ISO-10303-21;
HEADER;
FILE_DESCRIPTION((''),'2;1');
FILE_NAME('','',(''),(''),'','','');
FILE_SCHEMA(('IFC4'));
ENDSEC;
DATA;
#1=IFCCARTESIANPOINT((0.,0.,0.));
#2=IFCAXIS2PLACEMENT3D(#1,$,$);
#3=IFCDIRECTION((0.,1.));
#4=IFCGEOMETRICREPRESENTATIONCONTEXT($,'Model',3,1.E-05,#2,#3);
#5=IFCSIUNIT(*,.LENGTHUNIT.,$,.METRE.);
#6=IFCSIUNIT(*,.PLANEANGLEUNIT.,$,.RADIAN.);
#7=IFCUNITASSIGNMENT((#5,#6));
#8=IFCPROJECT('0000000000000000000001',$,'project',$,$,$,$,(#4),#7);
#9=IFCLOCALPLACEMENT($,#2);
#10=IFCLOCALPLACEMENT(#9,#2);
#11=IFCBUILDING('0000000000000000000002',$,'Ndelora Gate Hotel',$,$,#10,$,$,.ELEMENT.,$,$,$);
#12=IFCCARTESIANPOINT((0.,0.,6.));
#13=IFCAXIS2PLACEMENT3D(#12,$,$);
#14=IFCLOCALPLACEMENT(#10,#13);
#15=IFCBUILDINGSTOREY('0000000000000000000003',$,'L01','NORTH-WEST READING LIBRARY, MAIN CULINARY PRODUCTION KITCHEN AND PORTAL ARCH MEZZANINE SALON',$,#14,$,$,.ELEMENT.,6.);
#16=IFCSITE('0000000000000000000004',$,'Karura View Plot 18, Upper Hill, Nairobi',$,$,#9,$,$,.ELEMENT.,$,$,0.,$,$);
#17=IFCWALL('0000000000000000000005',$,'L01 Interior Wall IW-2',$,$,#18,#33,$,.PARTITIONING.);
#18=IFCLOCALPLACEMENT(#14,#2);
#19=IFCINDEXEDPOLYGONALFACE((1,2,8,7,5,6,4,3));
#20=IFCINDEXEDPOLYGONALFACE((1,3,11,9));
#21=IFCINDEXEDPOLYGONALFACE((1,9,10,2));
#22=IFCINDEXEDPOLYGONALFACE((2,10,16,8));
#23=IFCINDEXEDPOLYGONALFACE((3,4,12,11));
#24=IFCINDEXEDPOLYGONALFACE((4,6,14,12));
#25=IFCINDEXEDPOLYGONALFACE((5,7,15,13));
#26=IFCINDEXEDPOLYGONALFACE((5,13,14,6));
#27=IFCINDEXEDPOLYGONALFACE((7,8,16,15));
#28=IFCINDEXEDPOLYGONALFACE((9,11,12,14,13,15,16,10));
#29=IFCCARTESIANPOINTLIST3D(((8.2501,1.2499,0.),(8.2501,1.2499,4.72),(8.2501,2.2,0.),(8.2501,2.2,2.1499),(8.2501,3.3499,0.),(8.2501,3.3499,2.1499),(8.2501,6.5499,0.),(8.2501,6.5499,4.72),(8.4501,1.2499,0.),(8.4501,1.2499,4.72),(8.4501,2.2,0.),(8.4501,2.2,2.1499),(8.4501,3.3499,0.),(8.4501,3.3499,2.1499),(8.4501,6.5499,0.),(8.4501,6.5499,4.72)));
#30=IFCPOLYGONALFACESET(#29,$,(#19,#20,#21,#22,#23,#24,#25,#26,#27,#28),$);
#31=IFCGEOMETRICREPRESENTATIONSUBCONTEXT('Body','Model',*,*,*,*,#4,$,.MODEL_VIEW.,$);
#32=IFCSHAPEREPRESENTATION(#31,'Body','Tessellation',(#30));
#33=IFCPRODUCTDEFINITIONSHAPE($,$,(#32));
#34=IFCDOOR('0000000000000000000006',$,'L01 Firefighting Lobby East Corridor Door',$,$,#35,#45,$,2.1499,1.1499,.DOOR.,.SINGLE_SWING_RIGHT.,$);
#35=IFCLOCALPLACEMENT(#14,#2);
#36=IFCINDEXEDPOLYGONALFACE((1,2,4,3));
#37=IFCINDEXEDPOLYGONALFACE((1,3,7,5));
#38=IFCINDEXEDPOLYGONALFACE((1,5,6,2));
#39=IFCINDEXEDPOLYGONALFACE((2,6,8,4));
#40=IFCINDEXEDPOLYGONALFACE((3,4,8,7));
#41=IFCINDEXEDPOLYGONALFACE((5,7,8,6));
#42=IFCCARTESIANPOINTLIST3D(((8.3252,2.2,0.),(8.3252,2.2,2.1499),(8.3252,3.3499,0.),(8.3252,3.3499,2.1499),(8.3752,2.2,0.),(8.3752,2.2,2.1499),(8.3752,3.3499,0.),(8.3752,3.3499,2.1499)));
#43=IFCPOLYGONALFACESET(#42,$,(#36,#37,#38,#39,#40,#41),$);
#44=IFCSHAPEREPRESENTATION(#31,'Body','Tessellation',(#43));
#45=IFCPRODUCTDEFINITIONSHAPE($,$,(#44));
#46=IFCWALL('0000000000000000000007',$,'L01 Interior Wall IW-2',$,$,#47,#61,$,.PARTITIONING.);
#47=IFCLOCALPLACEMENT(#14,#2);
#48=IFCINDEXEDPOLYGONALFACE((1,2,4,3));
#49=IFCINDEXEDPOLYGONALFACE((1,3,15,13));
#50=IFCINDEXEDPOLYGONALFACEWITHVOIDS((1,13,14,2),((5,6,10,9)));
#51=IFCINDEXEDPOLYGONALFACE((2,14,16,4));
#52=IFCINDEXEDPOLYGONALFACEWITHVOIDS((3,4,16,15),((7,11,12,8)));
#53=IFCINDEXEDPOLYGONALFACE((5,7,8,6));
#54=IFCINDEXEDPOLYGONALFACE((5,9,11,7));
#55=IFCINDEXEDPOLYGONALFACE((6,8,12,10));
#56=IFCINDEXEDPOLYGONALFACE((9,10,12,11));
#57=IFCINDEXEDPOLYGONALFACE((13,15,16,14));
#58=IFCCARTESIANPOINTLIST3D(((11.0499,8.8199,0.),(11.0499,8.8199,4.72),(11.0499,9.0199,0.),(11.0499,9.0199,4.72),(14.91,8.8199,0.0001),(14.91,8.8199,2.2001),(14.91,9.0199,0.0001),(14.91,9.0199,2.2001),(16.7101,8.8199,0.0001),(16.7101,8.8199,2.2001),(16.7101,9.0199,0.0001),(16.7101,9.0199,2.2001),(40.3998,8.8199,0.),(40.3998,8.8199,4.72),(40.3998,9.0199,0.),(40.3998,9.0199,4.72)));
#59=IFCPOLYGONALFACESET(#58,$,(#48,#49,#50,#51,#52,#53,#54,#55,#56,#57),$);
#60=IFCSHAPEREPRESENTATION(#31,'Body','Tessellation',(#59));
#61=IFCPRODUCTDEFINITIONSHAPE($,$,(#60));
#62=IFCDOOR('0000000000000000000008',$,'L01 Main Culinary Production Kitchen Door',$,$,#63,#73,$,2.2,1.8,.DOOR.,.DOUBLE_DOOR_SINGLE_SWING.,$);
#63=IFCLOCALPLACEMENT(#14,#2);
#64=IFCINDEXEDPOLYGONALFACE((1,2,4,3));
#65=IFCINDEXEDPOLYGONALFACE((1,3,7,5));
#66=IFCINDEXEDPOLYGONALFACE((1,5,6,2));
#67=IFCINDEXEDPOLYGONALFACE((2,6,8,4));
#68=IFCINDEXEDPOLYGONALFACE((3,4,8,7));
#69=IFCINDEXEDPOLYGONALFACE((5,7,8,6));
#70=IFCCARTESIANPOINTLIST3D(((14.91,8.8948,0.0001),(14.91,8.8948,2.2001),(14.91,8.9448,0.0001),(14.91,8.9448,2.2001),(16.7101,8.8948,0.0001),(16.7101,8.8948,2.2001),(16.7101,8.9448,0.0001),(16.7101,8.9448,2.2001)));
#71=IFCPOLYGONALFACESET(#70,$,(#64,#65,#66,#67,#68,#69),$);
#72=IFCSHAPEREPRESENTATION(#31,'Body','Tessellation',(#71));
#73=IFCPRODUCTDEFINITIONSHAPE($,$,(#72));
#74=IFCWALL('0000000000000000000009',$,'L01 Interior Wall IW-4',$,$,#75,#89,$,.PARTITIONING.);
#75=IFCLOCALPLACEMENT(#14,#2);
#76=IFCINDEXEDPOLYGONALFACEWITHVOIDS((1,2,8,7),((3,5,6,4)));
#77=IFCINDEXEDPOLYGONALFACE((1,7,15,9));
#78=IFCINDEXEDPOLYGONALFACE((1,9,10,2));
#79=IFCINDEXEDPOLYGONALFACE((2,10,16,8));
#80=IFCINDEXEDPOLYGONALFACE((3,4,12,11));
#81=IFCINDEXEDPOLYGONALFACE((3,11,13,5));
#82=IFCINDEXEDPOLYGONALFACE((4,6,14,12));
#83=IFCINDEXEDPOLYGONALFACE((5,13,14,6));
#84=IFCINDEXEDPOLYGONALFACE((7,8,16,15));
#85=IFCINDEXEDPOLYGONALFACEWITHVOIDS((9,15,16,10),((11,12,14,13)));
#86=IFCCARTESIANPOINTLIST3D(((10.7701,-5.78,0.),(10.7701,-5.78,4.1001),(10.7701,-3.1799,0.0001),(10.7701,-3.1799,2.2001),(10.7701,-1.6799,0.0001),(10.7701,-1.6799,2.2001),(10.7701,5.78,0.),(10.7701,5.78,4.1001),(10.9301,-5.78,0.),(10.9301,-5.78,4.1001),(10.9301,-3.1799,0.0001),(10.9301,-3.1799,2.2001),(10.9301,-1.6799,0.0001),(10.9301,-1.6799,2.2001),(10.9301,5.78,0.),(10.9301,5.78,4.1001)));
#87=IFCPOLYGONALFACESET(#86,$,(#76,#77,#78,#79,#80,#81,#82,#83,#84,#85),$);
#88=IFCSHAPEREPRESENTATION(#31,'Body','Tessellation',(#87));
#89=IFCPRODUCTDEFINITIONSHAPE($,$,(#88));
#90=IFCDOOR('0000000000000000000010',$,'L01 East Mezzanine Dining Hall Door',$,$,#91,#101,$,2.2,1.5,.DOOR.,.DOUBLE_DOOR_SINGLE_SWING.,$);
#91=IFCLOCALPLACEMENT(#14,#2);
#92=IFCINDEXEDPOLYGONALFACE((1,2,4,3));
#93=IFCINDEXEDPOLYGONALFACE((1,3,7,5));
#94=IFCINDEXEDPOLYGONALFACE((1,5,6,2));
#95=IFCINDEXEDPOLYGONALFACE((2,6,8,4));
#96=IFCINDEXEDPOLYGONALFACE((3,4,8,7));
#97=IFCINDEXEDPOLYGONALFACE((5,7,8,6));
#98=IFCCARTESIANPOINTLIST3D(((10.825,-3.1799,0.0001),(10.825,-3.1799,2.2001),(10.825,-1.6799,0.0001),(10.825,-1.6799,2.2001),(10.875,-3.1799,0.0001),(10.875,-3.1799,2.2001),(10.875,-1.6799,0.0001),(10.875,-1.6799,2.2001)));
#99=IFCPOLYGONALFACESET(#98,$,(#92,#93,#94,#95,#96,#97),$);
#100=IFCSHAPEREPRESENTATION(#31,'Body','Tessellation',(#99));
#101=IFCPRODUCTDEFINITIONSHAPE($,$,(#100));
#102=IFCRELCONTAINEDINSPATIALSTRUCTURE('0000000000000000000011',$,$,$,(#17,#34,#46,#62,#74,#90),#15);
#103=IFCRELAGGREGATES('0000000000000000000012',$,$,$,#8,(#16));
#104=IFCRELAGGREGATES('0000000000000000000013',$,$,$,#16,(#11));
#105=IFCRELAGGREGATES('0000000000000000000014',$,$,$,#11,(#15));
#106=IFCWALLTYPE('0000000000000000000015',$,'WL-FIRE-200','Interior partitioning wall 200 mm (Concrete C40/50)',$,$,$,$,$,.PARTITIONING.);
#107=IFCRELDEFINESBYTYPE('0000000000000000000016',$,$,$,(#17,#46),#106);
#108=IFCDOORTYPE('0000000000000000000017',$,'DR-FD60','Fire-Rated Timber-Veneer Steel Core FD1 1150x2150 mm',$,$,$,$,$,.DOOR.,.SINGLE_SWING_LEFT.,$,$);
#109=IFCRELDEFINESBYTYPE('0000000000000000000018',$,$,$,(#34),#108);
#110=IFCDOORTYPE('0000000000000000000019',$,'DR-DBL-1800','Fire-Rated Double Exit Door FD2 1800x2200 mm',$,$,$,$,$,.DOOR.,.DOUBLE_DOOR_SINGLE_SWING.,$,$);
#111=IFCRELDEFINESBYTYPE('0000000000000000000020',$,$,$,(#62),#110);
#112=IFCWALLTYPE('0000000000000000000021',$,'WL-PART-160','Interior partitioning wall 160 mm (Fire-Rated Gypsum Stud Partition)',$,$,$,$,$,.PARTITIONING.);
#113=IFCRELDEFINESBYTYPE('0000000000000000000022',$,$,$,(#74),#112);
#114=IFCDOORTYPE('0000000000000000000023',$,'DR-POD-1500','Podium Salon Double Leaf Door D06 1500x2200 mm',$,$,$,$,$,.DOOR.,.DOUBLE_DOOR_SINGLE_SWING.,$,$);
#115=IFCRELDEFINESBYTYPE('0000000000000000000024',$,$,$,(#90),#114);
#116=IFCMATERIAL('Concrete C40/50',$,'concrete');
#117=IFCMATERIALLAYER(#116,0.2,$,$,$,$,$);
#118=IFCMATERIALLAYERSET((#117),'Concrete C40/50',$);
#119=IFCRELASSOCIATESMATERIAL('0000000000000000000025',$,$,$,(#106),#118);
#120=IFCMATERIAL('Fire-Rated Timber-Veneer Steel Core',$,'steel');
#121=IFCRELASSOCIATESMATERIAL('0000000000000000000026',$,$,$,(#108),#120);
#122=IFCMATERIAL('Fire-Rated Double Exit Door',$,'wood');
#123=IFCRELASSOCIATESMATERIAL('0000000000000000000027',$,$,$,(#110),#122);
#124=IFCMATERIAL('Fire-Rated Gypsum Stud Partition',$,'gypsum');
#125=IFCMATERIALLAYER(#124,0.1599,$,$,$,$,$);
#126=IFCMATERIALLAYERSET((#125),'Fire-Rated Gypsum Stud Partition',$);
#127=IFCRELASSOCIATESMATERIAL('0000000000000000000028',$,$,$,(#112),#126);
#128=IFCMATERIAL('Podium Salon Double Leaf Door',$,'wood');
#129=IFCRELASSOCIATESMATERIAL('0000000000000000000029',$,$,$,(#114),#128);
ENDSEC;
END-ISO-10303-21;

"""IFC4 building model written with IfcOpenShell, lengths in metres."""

from ifc_helpers import new_model, si_unit, direction, frame, frame_2d, origin, place, context, subcontext, project, spatial, rectangle, extrude, material, layer, layer_set, type_object, element, fill, save


model = new_model("IFC4")

# Units and contexts
model_context = context("Model", 3, precision=1e-05, world=origin(), true_north=direction((0.0, 1.0)))
body_context = subcontext(model_context, "Body", "Model", "MODEL_VIEW")
ifc_project = project(units=[si_unit("LENGTHUNIT", "METRE"), si_unit("PLANEANGLEUNIT", "RADIAN")], contexts=[model_context])

# Site, building, storey
site_placement = place(None, origin())
site = spatial("IfcSite", under=ifc_project, at=site_placement, Name="Karura View Plot 18, Upper Hill, Nairobi", CompositionType="ELEMENT", RefElevation=0.0)
building_placement = place(site_placement, origin())
building = spatial("IfcBuilding", under=site, at=building_placement, Name="Ndelora Gate Hotel", CompositionType="ELEMENT")
storey_placement = place(building_placement, frame((0.0, 0.0, 6.0)))
storey = spatial("IfcBuildingStorey", under=building, at=storey_placement, Name="L01", Description="NORTH-WEST READING LIBRARY, MAIN CULINARY PRODUCTION KITCHEN AND PORTAL ARCH MEZZANINE SALON", CompositionType="ELEMENT", Elevation=6.0)

# Walls, openings, doors
ifc_material_1 = material(Name="Concrete C40/50", Category="concrete")
ifc_layer_1 = layer(ifc_material_1, 0.2)
ifc_layer_set_1 = layer_set([ifc_layer_1], Name="Concrete C40/50")
wall_type_1 = type_object("IfcWallType", Name="WL-FIRE-200", Description="Interior partitioning wall 200 mm (Concrete C40/50)", PredefinedType="PARTITIONING", material=ifc_layer_set_1)
wall_1_placement = place(storey_placement, frame((8.3501, 1.25, 0.0), z_axis=(0.0, 0.0, 1.0), x_axis=(0.0, 1.0, 0.0)))
wall_1 = element("IfcWall", 1, at=wall_1_placement, inside=storey, type_object=wall_type_1, Name="L01 Interior Wall IW-2", PredefinedType="PARTITIONING", context=body_context, shape_type="SweptSolid", body=[
    extrude(rectangle(XDim=5.3, YDim=0.2, at=frame_2d((2.6499, 0.0))), origin(), (0.0, 0.0, 1.0), 4.72),
])
opening_1_placement = place(wall_1_placement, frame((0.95, 0.0, 0.0)))
opening_1 = element("IfcOpeningElement", 2, at=opening_1_placement, cuts=wall_1, PredefinedType="OPENING", context=body_context, shape_type="SweptSolid", body=[
    extrude(rectangle(XDim=1.1499, YDim=2.1499, at=frame_2d((0.575, 1.075))), frame((0.0, 0.1099, 0.0), z_axis=(0.0, -1.0, 0.0), x_axis=(1.0, 0.0, 0.0)), (0.0, 0.0, 1.0), 0.22),
])
ifc_material_2 = material(Name="Fire-Rated Timber-Veneer Steel Core", Category="steel")
door_type_1 = type_object("IfcDoorType", Name="DR-FD60", Description="Fire-Rated Timber-Veneer Steel Core FD1 1150x2150 mm", OperationType="SINGLE_SWING_LEFT", PredefinedType="DOOR", material=ifc_material_2)
door_1_placement = place(opening_1_placement, origin())
door_1 = element("IfcDoor", 3, at=door_1_placement, inside=storey, type_object=door_type_1, Name="L01 Firefighting Lobby East Corridor Door", OperationType="SINGLE_SWING_RIGHT", OverallHeight=2.1499, OverallWidth=1.1499, PredefinedType="DOOR", context=body_context, shape_type="SweptSolid", body=[
    extrude(rectangle(XDim=1.1499, YDim=2.1499, at=frame_2d((0.575, 1.075))), frame((0.0, 0.0249, 0.0), z_axis=(0.0, -1.0, 0.0), x_axis=(1.0, 0.0, 0.0)), (0.0, 0.0, 1.0), 0.05),
])
fill(opening_1, door_1)
wall_2_placement = place(storey_placement, frame((11.05, 8.9199, 0.0), z_axis=(0.0, 0.0, 1.0), x_axis=(1.0, 0.0, 0.0)))
wall_2 = element("IfcWall", 4, at=wall_2_placement, inside=storey, type_object=wall_type_1, Name="L01 Interior Wall IW-2", PredefinedType="PARTITIONING", context=body_context, shape_type="SweptSolid", body=[
    extrude(rectangle(XDim=29.3499, YDim=0.2, at=frame_2d((14.6748, 0.0))), origin(), (0.0, 0.0, 1.0), 4.72),
])
opening_2_placement = place(wall_2_placement, frame((3.8601, 0.0, 0.0)))
opening_2 = element("IfcOpeningElement", 5, at=opening_2_placement, cuts=wall_2, PredefinedType="OPENING", context=body_context, shape_type="SweptSolid", body=[
    extrude(rectangle(XDim=1.8, YDim=2.2, at=frame_2d((0.8999, 1.1001))), frame((0.0, 0.1099, 0.0), z_axis=(0.0, -1.0, 0.0), x_axis=(1.0, 0.0, 0.0)), (0.0, 0.0, 1.0), 0.22),
])
ifc_material_3 = material(Name="Fire-Rated Double Exit Door", Category="wood")
door_type_2 = type_object("IfcDoorType", Name="DR-DBL-1800", Description="Fire-Rated Double Exit Door FD2 1800x2200 mm", OperationType="DOUBLE_DOOR_SINGLE_SWING", PredefinedType="DOOR", material=ifc_material_3)
door_2_placement = place(opening_2_placement, origin())
door_2 = element("IfcDoor", 6, at=door_2_placement, inside=storey, type_object=door_type_2, Name="L01 Main Culinary Production Kitchen Door", OperationType="DOUBLE_DOOR_SINGLE_SWING", OverallHeight=2.2, OverallWidth=1.8, PredefinedType="DOOR", context=body_context, shape_type="SweptSolid", body=[
    extrude(rectangle(XDim=1.8, YDim=2.2, at=frame_2d((0.8999, 1.1001))), frame((0.0, 0.0249, 0.0), z_axis=(0.0, -1.0, 0.0), x_axis=(1.0, 0.0, 0.0)), (0.0, 0.0, 1.0), 0.05),
])
fill(opening_2, door_2)
ifc_material_4 = material(Name="Fire-Rated Gypsum Stud Partition", Category="gypsum")
ifc_layer_2 = layer(ifc_material_4, 0.1599)
ifc_layer_set_2 = layer_set([ifc_layer_2], Name="Fire-Rated Gypsum Stud Partition")
wall_type_2 = type_object("IfcWallType", Name="WL-PART-160", Description="Interior partitioning wall 160 mm (Fire-Rated Gypsum Stud Partition)", PredefinedType="PARTITIONING", material=ifc_layer_set_2)
wall_3_placement = place(storey_placement, frame((10.8501, 5.78, 0.0), z_axis=(0.0, 0.0, 1.0), x_axis=(0.0, -1.0, 0.0)))
wall_3 = element("IfcWall", 7, at=wall_3_placement, inside=storey, type_object=wall_type_2, Name="L01 Interior Wall IW-4", PredefinedType="PARTITIONING", context=body_context, shape_type="SweptSolid", body=[
    extrude(rectangle(XDim=11.5601, YDim=0.1599, at=frame_2d((5.78, 0.0))), origin(), (0.0, 0.0, 1.0), 4.1001),
])
opening_3_placement = place(wall_3_placement, frame((7.46, 0.0, 0.0)))
opening_3 = element("IfcOpeningElement", 8, at=opening_3_placement, cuts=wall_3, PredefinedType="OPENING", context=body_context, shape_type="SweptSolid", body=[
    extrude(rectangle(XDim=1.5, YDim=2.2, at=frame_2d((0.75, 1.1001))), frame((0.0, 0.0898, 0.0), z_axis=(0.0, -1.0, 0.0), x_axis=(1.0, 0.0, 0.0)), (0.0, 0.0, 1.0), 0.1799),
])
ifc_material_5 = material(Name="Podium Salon Double Leaf Door", Category="wood")
door_type_3 = type_object("IfcDoorType", Name="DR-POD-1500", Description="Podium Salon Double Leaf Door D06 1500x2200 mm", OperationType="DOUBLE_DOOR_SINGLE_SWING", PredefinedType="DOOR", material=ifc_material_5)
door_3_placement = place(opening_3_placement, origin())
door_3 = element("IfcDoor", 9, at=door_3_placement, inside=storey, type_object=door_type_3, Name="L01 East Mezzanine Dining Hall Door", OperationType="DOUBLE_DOOR_SINGLE_SWING", OverallHeight=2.2, OverallWidth=1.5, PredefinedType="DOOR", context=body_context, shape_type="SweptSolid", body=[
    extrude(rectangle(XDim=1.5, YDim=2.2, at=frame_2d((0.75, 1.1001))), frame((0.0, 0.0249, 0.0), z_axis=(0.0, -1.0, 0.0), x_axis=(1.0, 0.0, 0.0)), (0.0, 0.0, 1.0), 0.05),
])
fill(opening_3, door_3)

save(model, "model.ifc")
